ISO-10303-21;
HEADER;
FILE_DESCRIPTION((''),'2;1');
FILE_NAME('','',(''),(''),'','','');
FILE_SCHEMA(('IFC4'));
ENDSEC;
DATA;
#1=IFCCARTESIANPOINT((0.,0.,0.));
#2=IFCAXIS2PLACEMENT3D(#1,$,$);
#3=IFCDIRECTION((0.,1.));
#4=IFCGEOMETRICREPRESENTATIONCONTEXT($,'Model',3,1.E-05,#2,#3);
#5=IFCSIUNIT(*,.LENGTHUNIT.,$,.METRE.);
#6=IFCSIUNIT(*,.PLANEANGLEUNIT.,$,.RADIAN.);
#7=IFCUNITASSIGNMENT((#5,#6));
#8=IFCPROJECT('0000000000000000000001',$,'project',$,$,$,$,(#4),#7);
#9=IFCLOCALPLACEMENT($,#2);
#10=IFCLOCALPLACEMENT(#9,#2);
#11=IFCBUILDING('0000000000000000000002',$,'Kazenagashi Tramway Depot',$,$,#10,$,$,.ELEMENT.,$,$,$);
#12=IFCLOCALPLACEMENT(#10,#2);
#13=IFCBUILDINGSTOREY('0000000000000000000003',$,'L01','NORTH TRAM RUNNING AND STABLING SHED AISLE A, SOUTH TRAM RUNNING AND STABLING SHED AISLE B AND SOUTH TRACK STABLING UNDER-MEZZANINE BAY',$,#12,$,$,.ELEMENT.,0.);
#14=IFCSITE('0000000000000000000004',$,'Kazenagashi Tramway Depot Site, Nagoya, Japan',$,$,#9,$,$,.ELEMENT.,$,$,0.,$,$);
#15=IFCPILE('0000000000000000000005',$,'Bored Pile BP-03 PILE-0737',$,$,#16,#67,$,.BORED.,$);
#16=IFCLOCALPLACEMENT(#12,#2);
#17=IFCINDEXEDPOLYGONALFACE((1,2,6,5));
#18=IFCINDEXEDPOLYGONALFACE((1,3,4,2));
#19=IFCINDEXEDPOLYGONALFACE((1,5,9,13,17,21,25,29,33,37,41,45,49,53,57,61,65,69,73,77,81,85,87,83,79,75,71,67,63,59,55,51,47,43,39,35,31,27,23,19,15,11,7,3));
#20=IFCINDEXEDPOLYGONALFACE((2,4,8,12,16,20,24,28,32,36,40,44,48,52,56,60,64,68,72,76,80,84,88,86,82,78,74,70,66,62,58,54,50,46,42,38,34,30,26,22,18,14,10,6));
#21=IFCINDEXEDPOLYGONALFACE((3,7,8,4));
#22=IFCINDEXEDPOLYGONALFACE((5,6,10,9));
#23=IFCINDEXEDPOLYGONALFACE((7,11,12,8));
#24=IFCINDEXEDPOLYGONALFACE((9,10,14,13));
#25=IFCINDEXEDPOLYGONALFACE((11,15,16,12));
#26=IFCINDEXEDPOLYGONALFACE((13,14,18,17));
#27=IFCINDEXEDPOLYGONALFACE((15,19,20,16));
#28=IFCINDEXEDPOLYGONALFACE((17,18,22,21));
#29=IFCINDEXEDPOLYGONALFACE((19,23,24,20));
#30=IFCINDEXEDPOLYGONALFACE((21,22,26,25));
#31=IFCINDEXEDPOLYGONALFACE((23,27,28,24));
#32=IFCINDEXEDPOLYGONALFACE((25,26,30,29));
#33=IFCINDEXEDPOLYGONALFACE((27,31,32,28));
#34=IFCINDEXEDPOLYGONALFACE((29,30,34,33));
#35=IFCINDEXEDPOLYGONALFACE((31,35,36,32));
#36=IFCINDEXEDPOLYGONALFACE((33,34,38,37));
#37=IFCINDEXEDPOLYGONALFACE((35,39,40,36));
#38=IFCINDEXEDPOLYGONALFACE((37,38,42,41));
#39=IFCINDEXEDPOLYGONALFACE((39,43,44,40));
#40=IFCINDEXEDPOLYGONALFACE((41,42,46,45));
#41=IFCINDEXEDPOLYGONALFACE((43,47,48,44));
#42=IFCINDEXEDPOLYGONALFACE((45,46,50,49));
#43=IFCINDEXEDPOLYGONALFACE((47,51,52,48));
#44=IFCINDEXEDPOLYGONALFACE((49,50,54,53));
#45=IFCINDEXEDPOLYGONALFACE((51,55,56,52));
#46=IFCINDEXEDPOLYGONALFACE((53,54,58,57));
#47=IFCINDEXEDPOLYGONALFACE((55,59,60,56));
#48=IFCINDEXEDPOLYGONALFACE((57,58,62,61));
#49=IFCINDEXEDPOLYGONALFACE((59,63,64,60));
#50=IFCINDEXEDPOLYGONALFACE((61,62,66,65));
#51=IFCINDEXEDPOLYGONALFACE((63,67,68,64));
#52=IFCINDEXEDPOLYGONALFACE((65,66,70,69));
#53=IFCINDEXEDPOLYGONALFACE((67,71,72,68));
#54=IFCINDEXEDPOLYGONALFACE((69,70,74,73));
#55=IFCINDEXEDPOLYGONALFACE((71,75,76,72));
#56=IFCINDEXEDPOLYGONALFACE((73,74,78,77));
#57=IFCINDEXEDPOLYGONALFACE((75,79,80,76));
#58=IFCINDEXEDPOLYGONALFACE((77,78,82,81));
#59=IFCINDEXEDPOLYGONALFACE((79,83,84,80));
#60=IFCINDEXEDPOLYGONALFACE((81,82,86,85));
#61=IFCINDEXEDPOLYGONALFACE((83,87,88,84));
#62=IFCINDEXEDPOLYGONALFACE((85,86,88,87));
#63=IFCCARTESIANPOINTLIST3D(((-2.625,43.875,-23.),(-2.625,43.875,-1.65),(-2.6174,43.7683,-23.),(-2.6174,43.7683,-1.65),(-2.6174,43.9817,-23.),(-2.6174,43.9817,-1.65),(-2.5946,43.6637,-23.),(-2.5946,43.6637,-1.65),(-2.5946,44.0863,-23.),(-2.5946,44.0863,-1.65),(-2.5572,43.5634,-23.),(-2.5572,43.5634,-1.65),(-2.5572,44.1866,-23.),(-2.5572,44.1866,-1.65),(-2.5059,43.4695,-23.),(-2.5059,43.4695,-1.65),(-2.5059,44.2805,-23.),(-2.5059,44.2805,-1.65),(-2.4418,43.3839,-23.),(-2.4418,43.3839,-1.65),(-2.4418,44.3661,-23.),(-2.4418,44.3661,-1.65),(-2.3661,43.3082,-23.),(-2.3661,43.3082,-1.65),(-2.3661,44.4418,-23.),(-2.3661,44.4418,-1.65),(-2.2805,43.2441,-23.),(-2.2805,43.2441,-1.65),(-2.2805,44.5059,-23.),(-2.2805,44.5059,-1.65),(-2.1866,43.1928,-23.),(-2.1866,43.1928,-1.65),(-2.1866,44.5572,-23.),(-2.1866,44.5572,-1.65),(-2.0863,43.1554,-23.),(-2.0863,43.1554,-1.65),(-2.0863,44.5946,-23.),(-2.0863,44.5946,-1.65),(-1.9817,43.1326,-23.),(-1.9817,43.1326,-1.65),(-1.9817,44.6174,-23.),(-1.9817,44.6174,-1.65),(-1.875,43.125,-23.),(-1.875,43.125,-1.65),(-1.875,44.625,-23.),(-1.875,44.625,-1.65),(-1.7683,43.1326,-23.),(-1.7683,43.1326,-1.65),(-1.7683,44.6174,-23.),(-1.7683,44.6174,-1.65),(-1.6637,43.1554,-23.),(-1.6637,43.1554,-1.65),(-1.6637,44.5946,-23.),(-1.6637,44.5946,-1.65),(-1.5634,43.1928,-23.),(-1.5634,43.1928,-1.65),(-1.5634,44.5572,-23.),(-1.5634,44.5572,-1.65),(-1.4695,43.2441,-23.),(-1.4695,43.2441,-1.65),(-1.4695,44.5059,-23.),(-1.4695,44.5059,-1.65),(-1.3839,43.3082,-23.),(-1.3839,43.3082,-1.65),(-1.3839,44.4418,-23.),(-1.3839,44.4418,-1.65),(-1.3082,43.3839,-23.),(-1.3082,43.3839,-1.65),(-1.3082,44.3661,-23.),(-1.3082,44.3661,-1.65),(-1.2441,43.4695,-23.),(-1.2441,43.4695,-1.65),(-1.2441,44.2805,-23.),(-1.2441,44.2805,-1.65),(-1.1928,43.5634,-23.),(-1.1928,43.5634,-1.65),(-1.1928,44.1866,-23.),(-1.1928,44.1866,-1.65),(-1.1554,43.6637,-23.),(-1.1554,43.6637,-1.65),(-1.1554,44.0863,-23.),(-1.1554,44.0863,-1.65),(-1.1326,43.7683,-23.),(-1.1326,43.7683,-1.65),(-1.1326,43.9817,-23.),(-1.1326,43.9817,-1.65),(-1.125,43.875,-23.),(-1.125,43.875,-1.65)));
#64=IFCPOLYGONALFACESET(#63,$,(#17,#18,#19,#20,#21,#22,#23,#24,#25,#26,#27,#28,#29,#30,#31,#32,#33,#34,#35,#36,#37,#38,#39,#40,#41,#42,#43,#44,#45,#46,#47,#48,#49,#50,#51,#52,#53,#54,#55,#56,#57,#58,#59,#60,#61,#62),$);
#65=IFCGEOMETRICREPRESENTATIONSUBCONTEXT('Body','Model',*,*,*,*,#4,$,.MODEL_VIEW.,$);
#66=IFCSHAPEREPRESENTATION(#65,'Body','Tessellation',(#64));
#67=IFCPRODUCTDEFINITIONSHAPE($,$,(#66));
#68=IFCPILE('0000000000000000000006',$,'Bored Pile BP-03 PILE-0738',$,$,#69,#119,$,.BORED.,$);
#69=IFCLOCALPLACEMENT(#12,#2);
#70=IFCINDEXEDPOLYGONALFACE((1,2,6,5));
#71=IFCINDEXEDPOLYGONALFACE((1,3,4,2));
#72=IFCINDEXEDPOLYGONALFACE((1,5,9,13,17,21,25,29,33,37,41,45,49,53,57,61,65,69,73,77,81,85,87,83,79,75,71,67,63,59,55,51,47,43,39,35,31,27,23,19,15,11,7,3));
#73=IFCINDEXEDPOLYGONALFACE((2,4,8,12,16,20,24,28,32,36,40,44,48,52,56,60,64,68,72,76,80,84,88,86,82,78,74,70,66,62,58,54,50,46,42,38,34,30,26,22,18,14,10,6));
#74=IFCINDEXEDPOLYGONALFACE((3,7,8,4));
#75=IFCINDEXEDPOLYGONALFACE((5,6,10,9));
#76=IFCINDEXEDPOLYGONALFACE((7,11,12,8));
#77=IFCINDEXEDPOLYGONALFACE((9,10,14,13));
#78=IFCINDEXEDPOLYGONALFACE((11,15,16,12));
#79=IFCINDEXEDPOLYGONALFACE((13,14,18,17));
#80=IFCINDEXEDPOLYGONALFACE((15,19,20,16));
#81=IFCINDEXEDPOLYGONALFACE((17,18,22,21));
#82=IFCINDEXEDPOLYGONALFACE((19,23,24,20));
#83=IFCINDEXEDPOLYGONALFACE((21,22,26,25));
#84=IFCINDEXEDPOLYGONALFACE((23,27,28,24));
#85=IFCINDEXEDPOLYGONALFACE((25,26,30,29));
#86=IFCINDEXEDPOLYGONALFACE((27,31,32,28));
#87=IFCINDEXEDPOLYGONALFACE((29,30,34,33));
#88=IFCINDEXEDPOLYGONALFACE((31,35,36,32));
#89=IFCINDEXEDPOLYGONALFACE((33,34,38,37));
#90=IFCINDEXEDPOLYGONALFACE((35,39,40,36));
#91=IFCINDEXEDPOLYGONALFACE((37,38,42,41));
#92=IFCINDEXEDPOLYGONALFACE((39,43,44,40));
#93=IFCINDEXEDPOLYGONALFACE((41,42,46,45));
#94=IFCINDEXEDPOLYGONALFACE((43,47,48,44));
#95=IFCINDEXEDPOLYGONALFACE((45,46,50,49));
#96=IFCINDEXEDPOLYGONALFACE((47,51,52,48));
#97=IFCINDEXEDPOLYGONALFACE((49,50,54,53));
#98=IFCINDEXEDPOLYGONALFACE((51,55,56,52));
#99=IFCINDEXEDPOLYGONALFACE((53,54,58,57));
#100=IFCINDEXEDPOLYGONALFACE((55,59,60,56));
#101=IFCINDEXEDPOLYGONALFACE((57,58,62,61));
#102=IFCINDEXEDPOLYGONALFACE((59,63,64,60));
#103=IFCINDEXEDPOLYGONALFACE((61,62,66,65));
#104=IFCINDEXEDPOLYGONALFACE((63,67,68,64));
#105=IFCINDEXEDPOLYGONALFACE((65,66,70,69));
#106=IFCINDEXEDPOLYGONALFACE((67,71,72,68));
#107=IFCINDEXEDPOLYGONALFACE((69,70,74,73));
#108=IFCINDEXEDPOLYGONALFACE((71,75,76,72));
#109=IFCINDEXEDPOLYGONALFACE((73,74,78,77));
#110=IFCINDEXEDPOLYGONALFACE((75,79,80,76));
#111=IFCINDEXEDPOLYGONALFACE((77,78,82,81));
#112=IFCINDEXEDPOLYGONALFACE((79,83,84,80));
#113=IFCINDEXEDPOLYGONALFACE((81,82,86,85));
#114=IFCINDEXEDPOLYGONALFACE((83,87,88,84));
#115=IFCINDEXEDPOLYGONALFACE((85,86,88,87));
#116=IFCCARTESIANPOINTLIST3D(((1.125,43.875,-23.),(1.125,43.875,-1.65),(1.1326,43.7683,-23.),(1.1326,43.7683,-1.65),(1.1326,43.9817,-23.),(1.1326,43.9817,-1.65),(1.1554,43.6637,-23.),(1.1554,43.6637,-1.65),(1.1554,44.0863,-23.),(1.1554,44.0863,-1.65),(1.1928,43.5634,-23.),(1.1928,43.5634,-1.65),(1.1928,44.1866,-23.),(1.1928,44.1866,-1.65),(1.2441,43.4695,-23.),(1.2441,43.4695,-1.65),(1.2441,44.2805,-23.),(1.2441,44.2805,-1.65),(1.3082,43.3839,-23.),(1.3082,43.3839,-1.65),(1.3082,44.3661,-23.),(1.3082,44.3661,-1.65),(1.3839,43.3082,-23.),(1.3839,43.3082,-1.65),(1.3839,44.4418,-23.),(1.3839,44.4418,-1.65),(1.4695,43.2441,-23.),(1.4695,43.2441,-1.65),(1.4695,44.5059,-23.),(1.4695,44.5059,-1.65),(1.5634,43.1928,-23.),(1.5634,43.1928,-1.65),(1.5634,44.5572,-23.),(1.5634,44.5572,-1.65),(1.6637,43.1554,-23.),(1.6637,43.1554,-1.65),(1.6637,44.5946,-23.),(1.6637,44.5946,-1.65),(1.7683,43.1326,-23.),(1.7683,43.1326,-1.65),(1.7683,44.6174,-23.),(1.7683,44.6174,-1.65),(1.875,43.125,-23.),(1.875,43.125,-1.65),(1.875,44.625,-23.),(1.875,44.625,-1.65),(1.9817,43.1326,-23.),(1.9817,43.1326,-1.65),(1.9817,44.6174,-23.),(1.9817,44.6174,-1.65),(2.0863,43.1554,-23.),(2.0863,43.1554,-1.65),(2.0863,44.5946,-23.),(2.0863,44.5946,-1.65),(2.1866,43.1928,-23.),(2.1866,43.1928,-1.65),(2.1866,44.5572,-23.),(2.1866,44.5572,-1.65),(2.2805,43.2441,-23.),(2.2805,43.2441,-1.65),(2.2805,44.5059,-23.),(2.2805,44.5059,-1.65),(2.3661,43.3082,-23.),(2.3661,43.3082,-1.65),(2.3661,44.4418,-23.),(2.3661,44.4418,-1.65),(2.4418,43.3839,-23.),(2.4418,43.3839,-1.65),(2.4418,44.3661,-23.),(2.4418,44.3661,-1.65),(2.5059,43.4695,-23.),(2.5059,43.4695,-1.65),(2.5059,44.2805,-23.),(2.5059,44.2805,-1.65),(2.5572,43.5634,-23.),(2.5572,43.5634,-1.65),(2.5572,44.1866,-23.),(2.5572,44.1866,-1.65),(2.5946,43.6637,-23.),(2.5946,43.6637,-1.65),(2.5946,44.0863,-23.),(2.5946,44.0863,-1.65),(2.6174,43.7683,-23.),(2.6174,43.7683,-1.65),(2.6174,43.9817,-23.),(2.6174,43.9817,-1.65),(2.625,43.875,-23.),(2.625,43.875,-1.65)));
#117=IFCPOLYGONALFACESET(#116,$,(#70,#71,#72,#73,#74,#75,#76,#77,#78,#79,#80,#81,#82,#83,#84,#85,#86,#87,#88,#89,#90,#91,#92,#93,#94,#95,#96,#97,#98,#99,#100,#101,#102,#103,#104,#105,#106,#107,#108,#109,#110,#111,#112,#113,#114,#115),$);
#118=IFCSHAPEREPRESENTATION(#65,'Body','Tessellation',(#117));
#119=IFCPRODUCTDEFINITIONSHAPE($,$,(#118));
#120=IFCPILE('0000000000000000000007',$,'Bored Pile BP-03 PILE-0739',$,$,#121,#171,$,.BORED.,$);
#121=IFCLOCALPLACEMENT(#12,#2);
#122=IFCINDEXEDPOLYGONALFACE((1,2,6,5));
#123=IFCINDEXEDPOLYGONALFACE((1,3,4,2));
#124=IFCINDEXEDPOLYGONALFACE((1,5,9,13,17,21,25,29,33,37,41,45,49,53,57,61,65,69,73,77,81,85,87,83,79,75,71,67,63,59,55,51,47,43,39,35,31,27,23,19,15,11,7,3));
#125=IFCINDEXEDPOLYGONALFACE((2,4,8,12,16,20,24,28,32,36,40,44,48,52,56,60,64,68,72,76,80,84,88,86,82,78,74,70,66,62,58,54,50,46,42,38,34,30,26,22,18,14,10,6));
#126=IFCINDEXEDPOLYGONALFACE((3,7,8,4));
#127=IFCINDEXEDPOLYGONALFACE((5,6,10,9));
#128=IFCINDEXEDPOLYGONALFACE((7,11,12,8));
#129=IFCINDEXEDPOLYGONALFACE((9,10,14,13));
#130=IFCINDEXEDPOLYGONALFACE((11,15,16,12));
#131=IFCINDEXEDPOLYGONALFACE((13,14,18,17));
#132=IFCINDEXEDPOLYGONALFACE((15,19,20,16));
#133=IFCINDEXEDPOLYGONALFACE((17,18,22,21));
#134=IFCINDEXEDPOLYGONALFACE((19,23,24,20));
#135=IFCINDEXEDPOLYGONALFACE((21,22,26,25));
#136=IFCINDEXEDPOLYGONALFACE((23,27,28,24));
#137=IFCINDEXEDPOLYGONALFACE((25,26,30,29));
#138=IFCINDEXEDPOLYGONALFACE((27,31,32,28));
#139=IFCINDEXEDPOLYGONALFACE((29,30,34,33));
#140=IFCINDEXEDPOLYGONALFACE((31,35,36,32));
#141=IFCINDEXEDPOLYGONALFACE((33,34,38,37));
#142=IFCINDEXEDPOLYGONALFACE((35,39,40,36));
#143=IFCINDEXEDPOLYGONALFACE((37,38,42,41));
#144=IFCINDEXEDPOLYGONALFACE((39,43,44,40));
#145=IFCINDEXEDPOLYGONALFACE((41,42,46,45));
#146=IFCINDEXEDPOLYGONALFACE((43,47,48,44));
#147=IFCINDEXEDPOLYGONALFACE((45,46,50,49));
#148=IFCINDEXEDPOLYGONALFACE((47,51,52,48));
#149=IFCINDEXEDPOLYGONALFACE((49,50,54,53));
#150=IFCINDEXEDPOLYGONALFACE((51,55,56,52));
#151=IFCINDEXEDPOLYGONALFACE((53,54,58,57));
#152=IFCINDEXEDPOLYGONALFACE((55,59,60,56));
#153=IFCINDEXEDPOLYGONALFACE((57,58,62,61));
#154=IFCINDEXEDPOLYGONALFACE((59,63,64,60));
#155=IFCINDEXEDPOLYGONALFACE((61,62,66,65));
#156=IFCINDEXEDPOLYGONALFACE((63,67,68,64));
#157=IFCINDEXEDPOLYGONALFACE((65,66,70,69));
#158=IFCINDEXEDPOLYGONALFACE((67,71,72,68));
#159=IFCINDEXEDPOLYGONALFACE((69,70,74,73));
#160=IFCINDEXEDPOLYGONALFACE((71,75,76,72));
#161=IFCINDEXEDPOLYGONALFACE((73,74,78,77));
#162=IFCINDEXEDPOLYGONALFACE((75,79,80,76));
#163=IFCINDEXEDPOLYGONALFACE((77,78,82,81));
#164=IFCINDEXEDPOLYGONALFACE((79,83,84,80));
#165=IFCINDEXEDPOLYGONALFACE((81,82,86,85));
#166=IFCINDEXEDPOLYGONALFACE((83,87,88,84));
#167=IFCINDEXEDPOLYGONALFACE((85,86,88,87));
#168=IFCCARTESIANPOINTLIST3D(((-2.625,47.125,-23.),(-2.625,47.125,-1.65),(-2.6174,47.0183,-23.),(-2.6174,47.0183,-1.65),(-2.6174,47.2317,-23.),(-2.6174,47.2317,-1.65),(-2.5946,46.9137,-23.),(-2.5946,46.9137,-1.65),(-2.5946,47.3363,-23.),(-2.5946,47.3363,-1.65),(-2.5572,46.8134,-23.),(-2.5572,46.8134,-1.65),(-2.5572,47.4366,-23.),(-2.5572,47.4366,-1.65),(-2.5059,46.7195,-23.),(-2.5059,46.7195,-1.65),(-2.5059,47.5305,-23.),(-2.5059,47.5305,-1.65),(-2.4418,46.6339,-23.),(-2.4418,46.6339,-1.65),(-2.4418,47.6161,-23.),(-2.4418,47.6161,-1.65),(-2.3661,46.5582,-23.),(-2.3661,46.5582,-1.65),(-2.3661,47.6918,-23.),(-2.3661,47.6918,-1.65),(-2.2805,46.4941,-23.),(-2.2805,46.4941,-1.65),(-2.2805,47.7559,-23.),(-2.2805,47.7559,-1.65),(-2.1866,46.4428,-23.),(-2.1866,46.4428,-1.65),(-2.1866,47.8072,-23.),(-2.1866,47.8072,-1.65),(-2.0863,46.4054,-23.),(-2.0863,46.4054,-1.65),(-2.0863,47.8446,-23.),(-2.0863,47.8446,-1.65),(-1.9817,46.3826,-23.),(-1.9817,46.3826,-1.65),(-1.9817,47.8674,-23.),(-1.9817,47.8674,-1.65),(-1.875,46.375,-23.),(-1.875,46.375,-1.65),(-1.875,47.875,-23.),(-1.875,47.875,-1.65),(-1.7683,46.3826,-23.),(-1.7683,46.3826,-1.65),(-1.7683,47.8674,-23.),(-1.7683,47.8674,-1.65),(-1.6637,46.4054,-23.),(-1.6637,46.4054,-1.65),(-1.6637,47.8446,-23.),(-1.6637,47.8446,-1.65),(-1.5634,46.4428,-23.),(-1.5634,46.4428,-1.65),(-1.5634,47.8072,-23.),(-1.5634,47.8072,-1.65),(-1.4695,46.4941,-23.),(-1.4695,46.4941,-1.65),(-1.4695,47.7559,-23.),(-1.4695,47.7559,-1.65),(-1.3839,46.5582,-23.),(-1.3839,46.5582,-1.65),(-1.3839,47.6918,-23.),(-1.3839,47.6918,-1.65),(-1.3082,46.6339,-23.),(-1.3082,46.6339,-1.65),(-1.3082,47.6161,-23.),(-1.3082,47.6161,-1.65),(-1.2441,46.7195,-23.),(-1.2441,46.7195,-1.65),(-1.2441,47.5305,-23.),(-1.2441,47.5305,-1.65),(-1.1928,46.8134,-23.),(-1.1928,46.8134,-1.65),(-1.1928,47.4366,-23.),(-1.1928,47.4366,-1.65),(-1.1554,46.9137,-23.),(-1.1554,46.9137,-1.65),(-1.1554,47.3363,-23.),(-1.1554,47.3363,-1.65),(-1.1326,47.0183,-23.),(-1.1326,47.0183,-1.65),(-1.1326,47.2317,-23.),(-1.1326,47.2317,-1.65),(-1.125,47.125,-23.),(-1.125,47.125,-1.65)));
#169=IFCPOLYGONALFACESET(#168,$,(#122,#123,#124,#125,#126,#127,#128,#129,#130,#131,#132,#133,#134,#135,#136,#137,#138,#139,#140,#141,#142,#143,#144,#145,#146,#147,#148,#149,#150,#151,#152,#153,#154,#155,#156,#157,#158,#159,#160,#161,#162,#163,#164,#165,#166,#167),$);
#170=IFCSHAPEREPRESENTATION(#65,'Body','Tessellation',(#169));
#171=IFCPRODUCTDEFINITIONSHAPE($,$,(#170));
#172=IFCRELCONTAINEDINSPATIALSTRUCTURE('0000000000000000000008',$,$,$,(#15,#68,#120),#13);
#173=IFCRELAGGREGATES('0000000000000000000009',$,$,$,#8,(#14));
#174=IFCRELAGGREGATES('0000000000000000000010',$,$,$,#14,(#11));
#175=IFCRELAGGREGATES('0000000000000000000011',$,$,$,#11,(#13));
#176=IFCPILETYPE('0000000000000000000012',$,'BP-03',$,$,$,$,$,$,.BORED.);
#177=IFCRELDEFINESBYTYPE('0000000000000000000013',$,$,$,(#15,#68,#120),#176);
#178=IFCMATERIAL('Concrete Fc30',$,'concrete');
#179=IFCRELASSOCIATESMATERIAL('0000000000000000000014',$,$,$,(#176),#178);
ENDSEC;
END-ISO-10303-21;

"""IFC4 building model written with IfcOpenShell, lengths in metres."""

from ifc_helpers import new_model, si_unit, direction, frame, origin, origin_2d, place, context, subcontext, project, spatial, circle, extrude, material, material_profile, profile_set, type_object, element, save


model = new_model("IFC4")

# Units and contexts
model_context = context("Model", 3, precision=1e-05, world=origin(), true_north=direction((0.0, 1.0)))
body_context = subcontext(model_context, "Body", "Model", "MODEL_VIEW")
ifc_project = project(units=[si_unit("LENGTHUNIT", "METRE"), si_unit("PLANEANGLEUNIT", "RADIAN")], contexts=[model_context])

# Site, building, storey
site_placement = place(None, origin())
site = spatial("IfcSite", under=ifc_project, at=site_placement, Name="Kazenagashi Tramway Depot Site, Nagoya, Japan", CompositionType="ELEMENT", RefElevation=0.0)
building_placement = place(site_placement, origin())
building = spatial("IfcBuilding", under=site, at=building_placement, Name="Kazenagashi Tramway Depot", CompositionType="ELEMENT")
storey_placement = place(building_placement, origin())
storey = spatial("IfcBuildingStorey", under=building, at=storey_placement, Name="L01", Description="NORTH TRAM RUNNING AND STABLING SHED AISLE A, SOUTH TRAM RUNNING AND STABLING SHED AISLE B AND SOUTH TRACK STABLING UNDER-MEZZANINE BAY", CompositionType="ELEMENT", Elevation=0.0)

# Piles
ifc_material_1 = material(Name="Concrete Fc30", Category="concrete")
ifc_material_profile_1 = material_profile(ifc_material_1, circle(Radius=0.75, at=origin_2d()), Name="PILE-1500")
ifc_profile_set_1 = profile_set([ifc_material_profile_1], Name="Concrete Fc30")
pile_type = type_object("IfcPileType", Name="BP-03", PredefinedType="BORED", material=ifc_profile_set_1)
for number, where, z_axis, x_axis, name in (
    (1, (-1.875, 43.875, -1.65), (0.0, 0.0, -1.0), (1.0, 0.0, 0.0), "Bored Pile BP-03 PILE-0737"),
    (2, (1.875, 43.875, -1.65), (0.0, 0.0, -1.0), (1.0, 0.0, 0.0), "Bored Pile BP-03 PILE-0738"),
    (3, (-1.875, 47.125, -1.65), (0.0, 0.0, -1.0), (1.0, 0.0, 0.0), "Bored Pile BP-03 PILE-0739"),
):
    element("IfcPile", number, at=place(storey_placement, frame(where, z_axis=z_axis, x_axis=x_axis)), inside=storey, type_object=pile_type, Name=name, PredefinedType="BORED", context=body_context, shape_type="SweptSolid", body=[
        extrude(circle(Radius=0.75, at=origin_2d()), origin(), (0.0, 0.0, 1.0), 21.35),
    ])

save(model, "model.ifc")
